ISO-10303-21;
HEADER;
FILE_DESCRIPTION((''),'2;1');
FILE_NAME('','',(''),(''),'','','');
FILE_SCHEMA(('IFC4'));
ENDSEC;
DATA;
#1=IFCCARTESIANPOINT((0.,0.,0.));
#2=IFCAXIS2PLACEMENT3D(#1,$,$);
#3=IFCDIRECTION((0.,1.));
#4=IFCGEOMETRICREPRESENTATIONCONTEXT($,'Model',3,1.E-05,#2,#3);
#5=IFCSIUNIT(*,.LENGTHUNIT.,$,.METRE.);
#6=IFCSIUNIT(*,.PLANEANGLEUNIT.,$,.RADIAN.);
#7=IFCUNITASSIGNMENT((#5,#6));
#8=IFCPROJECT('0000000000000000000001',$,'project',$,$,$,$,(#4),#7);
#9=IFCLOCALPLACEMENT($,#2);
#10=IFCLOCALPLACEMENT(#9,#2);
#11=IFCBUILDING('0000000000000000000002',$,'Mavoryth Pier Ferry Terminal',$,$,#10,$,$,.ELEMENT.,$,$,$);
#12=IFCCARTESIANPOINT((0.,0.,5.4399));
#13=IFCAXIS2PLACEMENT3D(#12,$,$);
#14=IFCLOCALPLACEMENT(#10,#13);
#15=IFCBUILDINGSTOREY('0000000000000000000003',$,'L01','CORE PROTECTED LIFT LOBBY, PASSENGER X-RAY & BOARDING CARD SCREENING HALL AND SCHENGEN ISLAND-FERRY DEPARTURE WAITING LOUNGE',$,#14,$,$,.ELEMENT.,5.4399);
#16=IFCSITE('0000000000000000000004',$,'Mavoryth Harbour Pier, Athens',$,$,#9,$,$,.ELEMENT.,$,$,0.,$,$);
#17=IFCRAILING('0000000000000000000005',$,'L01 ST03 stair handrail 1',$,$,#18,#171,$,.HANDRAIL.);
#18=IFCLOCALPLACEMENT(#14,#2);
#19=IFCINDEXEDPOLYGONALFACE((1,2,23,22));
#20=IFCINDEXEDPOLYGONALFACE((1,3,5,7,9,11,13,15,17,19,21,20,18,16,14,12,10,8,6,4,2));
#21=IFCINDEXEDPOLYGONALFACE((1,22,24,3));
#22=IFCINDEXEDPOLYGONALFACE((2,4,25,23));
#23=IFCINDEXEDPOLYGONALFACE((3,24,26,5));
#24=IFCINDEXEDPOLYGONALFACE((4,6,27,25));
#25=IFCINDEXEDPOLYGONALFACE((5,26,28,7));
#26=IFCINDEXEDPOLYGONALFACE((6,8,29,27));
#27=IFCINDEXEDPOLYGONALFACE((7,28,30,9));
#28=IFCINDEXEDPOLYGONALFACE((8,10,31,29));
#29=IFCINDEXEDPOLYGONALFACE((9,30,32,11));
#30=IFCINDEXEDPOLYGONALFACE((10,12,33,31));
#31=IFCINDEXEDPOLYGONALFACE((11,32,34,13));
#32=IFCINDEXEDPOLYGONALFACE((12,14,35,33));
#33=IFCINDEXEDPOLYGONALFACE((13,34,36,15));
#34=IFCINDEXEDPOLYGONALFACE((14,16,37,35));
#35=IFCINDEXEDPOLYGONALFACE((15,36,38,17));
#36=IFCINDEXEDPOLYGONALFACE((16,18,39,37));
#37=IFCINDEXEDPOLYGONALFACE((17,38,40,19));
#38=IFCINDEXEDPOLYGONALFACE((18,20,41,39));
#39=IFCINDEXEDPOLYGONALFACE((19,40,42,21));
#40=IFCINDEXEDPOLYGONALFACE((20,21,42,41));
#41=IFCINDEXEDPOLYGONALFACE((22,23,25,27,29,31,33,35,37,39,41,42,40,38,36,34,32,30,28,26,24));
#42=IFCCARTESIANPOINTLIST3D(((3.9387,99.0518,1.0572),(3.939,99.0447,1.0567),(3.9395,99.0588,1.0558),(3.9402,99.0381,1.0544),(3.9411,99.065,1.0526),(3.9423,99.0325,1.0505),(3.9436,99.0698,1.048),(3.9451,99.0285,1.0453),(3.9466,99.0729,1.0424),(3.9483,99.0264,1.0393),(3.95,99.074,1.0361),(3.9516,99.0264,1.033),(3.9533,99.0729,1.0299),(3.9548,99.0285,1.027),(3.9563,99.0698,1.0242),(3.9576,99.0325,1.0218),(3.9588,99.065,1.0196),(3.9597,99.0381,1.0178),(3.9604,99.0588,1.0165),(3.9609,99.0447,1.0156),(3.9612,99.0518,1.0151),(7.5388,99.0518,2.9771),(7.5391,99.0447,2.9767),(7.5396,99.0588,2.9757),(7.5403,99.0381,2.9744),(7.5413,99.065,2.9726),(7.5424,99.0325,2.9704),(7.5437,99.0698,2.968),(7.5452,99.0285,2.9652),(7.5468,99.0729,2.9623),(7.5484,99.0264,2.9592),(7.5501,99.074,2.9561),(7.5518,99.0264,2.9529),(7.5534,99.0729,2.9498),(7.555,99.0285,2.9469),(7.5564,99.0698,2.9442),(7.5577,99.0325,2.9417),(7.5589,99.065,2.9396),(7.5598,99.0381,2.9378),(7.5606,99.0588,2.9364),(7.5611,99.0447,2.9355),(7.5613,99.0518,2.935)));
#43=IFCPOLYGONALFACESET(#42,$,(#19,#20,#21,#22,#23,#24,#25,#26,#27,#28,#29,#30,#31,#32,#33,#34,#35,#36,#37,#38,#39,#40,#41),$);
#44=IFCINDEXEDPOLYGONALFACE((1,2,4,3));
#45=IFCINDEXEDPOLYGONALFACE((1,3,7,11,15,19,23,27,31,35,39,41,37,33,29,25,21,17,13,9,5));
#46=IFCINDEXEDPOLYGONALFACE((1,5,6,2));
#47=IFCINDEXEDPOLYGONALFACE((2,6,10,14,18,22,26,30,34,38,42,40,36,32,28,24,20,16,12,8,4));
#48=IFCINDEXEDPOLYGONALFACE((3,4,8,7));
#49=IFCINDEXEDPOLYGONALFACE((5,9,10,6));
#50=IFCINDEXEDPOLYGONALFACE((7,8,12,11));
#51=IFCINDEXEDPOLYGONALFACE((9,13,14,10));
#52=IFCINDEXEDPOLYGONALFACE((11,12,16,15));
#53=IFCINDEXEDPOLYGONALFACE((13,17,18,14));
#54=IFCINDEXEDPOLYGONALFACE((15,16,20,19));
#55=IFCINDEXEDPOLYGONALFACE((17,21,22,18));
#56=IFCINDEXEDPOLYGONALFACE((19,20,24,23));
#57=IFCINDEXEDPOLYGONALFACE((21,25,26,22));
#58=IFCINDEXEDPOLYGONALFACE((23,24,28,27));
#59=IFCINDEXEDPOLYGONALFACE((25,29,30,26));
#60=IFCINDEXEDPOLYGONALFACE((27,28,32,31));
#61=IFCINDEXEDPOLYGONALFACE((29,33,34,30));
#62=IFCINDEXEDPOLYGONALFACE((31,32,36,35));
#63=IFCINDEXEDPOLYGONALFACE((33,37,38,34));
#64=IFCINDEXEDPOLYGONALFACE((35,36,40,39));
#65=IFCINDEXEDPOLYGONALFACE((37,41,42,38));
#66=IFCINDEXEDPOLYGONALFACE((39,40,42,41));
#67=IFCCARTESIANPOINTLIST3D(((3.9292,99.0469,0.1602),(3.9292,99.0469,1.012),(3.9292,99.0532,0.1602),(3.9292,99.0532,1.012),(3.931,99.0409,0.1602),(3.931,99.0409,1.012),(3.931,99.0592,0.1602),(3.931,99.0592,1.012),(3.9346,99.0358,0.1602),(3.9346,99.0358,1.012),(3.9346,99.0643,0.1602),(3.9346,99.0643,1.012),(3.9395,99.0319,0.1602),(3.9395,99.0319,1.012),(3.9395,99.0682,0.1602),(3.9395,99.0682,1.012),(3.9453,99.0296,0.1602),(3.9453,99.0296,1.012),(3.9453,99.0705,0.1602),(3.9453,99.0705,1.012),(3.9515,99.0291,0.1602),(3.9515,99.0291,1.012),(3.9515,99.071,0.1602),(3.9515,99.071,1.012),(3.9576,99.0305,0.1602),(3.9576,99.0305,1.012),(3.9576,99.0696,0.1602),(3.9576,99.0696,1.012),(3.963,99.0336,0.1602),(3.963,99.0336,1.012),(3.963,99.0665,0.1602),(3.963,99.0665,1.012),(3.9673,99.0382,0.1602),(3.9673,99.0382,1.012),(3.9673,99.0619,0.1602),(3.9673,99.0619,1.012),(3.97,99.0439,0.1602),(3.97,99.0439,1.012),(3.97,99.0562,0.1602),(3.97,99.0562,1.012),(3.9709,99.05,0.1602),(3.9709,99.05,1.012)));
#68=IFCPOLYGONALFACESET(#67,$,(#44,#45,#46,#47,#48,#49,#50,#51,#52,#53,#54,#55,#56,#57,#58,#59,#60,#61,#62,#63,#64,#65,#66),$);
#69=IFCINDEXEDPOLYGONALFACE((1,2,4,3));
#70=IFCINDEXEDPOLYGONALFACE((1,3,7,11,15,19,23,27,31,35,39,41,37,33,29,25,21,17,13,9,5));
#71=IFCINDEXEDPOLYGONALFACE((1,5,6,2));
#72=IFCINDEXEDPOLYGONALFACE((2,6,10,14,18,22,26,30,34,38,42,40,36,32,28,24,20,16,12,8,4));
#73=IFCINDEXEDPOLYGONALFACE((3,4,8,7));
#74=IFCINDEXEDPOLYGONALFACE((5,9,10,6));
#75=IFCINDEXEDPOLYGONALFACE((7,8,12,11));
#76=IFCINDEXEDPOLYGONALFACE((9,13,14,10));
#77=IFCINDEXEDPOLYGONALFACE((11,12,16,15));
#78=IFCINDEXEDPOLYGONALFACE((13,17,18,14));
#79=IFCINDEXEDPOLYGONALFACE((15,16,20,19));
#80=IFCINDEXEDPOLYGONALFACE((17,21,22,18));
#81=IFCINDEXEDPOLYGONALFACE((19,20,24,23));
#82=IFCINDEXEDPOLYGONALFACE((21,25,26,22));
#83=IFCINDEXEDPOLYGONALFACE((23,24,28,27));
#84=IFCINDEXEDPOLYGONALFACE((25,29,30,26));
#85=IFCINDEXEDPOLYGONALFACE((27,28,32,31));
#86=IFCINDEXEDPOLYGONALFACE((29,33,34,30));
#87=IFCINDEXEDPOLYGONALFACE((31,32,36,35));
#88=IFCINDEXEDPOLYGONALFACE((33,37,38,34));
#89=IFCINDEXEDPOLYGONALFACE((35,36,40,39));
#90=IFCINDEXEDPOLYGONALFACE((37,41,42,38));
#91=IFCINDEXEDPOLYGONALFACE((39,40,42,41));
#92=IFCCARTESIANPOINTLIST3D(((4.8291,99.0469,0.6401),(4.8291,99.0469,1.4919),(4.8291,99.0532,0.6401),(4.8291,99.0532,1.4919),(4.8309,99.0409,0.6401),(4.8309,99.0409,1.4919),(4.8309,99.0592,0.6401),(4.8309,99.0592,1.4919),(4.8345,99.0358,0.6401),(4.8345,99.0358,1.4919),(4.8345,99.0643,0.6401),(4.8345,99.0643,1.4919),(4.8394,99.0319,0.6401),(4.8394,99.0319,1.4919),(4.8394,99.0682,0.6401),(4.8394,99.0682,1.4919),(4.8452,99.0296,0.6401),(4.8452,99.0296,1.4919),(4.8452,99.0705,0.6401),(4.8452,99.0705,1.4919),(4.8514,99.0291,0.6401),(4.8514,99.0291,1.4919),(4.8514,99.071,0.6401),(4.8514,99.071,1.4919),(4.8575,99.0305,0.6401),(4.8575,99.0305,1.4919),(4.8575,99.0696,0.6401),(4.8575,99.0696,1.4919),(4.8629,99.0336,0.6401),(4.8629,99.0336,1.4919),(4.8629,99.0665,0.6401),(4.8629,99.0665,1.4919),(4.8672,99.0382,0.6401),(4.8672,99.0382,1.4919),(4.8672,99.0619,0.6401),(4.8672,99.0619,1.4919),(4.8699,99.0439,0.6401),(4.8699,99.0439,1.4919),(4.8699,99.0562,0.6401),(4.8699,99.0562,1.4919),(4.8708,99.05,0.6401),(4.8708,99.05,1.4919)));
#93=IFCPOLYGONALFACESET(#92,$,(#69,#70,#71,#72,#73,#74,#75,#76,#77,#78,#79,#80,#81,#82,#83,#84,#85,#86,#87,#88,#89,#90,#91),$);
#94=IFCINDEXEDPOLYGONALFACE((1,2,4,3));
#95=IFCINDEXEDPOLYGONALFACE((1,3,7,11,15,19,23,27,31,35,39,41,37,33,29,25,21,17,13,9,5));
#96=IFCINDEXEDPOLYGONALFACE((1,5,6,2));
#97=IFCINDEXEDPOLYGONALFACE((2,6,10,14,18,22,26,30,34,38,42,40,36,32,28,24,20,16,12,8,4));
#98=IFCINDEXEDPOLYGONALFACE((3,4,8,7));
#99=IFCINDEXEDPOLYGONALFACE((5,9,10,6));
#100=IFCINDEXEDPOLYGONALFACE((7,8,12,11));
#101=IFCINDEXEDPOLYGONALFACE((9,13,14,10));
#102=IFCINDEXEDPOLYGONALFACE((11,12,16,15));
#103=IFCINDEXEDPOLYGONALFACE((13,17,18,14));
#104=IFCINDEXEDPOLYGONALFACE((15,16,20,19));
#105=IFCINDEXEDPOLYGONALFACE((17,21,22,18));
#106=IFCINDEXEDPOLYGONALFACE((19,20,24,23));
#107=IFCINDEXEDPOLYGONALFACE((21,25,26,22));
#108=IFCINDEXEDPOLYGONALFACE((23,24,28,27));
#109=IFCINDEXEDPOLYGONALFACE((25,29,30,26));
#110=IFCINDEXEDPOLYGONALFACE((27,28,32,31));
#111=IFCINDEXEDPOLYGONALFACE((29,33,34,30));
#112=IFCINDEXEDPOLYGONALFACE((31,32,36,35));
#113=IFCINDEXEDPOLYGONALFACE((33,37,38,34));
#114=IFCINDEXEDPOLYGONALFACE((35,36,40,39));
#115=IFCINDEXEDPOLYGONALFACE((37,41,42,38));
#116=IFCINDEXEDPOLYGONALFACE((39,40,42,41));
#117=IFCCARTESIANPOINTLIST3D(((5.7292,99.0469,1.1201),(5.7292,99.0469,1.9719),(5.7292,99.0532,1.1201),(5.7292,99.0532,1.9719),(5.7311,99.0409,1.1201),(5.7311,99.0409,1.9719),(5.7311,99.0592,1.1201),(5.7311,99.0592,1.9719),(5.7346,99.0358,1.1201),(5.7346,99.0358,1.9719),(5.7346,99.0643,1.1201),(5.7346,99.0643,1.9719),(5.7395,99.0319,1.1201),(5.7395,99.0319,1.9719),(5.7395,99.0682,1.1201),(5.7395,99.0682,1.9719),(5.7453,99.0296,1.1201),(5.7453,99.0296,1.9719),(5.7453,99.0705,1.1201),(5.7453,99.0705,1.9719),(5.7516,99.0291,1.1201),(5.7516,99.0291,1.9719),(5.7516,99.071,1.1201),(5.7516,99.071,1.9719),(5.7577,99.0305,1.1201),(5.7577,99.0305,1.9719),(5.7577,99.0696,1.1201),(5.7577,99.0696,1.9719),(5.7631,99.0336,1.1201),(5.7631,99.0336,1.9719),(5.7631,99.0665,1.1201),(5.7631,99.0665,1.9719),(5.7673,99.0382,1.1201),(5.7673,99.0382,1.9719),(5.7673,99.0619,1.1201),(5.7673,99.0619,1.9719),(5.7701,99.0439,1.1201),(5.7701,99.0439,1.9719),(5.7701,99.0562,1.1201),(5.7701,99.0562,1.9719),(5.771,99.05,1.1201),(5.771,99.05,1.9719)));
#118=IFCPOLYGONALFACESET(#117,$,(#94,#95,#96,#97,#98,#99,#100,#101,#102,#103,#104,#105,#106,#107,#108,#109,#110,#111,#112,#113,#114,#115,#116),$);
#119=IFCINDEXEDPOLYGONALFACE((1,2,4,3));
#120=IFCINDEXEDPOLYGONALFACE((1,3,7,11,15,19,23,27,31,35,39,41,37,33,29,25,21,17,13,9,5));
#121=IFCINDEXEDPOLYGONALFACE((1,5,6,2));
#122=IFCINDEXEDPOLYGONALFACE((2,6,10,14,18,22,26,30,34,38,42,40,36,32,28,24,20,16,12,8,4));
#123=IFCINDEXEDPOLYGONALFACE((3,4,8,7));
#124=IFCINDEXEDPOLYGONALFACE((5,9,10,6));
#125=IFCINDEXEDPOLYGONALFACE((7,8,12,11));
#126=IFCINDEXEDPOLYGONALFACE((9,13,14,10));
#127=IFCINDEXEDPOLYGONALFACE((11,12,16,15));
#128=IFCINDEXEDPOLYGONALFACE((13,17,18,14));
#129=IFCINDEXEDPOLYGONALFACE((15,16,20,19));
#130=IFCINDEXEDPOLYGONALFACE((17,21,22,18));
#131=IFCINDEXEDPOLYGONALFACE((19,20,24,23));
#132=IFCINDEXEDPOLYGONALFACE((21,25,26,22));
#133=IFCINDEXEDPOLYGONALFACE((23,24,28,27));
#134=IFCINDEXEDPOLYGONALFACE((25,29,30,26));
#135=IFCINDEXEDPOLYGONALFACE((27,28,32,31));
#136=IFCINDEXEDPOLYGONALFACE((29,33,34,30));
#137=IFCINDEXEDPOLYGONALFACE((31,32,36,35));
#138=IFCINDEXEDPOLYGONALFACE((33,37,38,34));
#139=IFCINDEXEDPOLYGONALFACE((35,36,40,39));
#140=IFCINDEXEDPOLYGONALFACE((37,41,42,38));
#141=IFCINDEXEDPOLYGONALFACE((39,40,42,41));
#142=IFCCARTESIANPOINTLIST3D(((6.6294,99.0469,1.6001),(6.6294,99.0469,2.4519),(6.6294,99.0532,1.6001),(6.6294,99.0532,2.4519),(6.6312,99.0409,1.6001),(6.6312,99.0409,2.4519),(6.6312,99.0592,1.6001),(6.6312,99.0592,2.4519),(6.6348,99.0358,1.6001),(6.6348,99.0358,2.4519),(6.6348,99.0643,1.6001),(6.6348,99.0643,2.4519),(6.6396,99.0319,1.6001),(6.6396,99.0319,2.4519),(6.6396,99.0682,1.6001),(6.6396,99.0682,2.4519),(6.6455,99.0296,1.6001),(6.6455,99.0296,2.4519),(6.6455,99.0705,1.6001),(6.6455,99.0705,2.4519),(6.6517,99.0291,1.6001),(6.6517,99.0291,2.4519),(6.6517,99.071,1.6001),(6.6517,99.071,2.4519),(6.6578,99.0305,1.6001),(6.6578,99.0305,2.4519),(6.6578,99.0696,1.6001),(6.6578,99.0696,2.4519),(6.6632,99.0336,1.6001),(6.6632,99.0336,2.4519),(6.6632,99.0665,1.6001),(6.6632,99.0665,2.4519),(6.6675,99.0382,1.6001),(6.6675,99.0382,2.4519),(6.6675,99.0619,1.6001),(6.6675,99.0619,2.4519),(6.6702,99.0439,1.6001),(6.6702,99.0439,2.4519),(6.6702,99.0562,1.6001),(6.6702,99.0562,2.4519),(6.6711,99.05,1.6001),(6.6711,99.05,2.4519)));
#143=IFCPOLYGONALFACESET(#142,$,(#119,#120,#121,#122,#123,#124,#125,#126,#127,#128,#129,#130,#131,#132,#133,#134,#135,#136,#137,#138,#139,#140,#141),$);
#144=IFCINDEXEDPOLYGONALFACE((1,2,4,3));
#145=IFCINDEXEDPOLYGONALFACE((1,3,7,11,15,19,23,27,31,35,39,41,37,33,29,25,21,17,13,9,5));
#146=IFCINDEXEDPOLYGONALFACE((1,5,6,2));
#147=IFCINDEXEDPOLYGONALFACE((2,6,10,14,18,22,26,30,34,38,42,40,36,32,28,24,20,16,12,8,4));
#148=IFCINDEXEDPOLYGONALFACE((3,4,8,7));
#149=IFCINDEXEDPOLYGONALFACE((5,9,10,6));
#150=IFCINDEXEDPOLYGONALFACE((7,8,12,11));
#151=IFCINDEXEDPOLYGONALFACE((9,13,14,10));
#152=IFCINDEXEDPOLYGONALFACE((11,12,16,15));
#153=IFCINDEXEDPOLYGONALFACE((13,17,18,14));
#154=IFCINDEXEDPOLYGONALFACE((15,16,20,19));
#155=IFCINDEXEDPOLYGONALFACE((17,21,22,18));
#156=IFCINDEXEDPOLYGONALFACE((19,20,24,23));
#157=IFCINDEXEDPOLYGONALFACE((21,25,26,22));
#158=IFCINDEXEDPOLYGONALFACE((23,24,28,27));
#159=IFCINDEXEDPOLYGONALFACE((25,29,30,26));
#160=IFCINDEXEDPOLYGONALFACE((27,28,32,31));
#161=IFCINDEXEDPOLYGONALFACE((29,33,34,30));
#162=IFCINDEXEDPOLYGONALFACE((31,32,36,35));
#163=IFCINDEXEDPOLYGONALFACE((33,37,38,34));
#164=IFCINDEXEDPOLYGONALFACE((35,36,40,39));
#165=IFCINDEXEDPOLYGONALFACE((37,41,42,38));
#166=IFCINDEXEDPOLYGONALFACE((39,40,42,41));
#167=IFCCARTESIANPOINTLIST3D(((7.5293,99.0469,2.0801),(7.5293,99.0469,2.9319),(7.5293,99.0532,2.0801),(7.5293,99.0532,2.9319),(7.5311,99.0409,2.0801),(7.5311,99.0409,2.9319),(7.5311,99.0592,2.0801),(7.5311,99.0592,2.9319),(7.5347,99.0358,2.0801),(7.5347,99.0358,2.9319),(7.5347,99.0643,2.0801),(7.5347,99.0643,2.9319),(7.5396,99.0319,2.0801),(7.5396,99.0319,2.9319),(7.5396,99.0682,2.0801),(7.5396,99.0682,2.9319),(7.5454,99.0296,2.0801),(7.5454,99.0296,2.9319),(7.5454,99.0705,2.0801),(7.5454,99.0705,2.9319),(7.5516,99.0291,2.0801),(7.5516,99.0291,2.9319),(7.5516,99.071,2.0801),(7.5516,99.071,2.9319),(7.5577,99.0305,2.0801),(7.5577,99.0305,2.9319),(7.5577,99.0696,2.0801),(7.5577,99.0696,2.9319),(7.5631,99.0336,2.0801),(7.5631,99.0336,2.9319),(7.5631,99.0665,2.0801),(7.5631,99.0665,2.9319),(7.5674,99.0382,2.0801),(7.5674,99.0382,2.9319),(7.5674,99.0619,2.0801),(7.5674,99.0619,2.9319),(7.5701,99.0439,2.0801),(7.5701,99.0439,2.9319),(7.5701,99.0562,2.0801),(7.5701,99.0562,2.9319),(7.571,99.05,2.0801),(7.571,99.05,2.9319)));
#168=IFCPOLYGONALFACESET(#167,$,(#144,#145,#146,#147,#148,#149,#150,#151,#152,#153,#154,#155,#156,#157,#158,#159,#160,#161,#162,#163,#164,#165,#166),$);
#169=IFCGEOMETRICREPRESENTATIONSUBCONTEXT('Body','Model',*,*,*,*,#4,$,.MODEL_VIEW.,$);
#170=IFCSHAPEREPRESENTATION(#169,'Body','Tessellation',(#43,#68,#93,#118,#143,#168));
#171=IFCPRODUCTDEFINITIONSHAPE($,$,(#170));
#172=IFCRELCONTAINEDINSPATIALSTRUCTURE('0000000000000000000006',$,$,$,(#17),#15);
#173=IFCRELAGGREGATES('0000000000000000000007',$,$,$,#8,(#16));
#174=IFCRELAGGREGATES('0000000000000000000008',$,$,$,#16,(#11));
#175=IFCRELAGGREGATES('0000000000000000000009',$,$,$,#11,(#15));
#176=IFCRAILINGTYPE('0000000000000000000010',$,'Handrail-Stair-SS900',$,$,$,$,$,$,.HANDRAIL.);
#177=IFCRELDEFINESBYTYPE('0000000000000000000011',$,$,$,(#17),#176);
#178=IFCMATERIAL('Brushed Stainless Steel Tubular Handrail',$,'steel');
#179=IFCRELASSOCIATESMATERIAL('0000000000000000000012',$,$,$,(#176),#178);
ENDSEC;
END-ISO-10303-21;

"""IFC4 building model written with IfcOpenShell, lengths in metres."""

from ifc_helpers import new_model, si_unit, direction, frame, origin, origin_2d, place, context, subcontext, project, spatial, circle, extrude, material, type_object, element, save


model = new_model("IFC4")

# Units and contexts
model_context = context("Model", 3, precision=1e-05, world=origin(), true_north=direction((0.0, 1.0)))
body_context = subcontext(model_context, "Body", "Model", "MODEL_VIEW")
ifc_project = project(units=[si_unit("LENGTHUNIT", "METRE"), si_unit("PLANEANGLEUNIT", "RADIAN")], contexts=[model_context])

# Site, building, storey
site_placement = place(None, origin())
site = spatial("IfcSite", under=ifc_project, at=site_placement, Name="Mavoryth Harbour Pier, Athens", CompositionType="ELEMENT", RefElevation=0.0)
building_placement = place(site_placement, origin())
building = spatial("IfcBuilding", under=site, at=building_placement, Name="Mavoryth Pier Ferry Terminal", CompositionType="ELEMENT")
storey_placement = place(building_placement, frame((0.0, 0.0, 5.4399)))
storey = spatial("IfcBuildingStorey", under=building, at=storey_placement, Name="L01", Description="CORE PROTECTED LIFT LOBBY, PASSENGER X-RAY & BOARDING CARD SCREENING HALL AND SCHENGEN ISLAND-FERRY DEPARTURE WAITING LOUNGE", CompositionType="ELEMENT", Elevation=5.4399)

# Railing
ifc_material_1 = material(Name="Brushed Stainless Steel Tubular Handrail", Category="steel")
railing_type_1 = type_object("IfcRailingType", Name="Handrail-Stair-SS900", PredefinedType="HANDRAIL", material=ifc_material_1)
railing_1_placement = place(storey_placement, frame((3.95, 99.05, 0.1602)))
element("IfcRailing", 1, at=railing_1_placement, inside=storey, type_object=railing_type_1, Name="L01 ST03 stair handrail 1", PredefinedType="HANDRAIL", context=body_context, shape_type="SweptSolid", body=[
    extrude(circle(Radius=0.0239, at=origin_2d()), frame((0.0, 0.0, 0.876), z_axis=(0.882366, 0.0, 0.470563), x_axis=(0.0, 1.0, 0.0)), (0.0, 0.0, 1.0), 4.0801),
    extrude(circle(Radius=0.021, at=origin_2d()), origin(), (0.0, 0.0, 1.0), 0.8518),
    extrude(circle(Radius=0.021, at=origin_2d()), frame((0.8999, 0.0, 0.48)), (0.0, 0.0, 1.0), 0.8518),
    extrude(circle(Radius=0.021, at=origin_2d()), frame((1.8, 0.0, 0.96)), (0.0, 0.0, 1.0), 0.8518),
    extrude(circle(Radius=0.021, at=origin_2d()), frame((2.7002, 0.0, 1.4399)), (0.0, 0.0, 1.0), 0.8518),
    extrude(circle(Radius=0.021, at=origin_2d()), frame((3.6001, 0.0, 1.9199)), (0.0, 0.0, 1.0), 0.8518),
])

save(model, "model.ifc")
